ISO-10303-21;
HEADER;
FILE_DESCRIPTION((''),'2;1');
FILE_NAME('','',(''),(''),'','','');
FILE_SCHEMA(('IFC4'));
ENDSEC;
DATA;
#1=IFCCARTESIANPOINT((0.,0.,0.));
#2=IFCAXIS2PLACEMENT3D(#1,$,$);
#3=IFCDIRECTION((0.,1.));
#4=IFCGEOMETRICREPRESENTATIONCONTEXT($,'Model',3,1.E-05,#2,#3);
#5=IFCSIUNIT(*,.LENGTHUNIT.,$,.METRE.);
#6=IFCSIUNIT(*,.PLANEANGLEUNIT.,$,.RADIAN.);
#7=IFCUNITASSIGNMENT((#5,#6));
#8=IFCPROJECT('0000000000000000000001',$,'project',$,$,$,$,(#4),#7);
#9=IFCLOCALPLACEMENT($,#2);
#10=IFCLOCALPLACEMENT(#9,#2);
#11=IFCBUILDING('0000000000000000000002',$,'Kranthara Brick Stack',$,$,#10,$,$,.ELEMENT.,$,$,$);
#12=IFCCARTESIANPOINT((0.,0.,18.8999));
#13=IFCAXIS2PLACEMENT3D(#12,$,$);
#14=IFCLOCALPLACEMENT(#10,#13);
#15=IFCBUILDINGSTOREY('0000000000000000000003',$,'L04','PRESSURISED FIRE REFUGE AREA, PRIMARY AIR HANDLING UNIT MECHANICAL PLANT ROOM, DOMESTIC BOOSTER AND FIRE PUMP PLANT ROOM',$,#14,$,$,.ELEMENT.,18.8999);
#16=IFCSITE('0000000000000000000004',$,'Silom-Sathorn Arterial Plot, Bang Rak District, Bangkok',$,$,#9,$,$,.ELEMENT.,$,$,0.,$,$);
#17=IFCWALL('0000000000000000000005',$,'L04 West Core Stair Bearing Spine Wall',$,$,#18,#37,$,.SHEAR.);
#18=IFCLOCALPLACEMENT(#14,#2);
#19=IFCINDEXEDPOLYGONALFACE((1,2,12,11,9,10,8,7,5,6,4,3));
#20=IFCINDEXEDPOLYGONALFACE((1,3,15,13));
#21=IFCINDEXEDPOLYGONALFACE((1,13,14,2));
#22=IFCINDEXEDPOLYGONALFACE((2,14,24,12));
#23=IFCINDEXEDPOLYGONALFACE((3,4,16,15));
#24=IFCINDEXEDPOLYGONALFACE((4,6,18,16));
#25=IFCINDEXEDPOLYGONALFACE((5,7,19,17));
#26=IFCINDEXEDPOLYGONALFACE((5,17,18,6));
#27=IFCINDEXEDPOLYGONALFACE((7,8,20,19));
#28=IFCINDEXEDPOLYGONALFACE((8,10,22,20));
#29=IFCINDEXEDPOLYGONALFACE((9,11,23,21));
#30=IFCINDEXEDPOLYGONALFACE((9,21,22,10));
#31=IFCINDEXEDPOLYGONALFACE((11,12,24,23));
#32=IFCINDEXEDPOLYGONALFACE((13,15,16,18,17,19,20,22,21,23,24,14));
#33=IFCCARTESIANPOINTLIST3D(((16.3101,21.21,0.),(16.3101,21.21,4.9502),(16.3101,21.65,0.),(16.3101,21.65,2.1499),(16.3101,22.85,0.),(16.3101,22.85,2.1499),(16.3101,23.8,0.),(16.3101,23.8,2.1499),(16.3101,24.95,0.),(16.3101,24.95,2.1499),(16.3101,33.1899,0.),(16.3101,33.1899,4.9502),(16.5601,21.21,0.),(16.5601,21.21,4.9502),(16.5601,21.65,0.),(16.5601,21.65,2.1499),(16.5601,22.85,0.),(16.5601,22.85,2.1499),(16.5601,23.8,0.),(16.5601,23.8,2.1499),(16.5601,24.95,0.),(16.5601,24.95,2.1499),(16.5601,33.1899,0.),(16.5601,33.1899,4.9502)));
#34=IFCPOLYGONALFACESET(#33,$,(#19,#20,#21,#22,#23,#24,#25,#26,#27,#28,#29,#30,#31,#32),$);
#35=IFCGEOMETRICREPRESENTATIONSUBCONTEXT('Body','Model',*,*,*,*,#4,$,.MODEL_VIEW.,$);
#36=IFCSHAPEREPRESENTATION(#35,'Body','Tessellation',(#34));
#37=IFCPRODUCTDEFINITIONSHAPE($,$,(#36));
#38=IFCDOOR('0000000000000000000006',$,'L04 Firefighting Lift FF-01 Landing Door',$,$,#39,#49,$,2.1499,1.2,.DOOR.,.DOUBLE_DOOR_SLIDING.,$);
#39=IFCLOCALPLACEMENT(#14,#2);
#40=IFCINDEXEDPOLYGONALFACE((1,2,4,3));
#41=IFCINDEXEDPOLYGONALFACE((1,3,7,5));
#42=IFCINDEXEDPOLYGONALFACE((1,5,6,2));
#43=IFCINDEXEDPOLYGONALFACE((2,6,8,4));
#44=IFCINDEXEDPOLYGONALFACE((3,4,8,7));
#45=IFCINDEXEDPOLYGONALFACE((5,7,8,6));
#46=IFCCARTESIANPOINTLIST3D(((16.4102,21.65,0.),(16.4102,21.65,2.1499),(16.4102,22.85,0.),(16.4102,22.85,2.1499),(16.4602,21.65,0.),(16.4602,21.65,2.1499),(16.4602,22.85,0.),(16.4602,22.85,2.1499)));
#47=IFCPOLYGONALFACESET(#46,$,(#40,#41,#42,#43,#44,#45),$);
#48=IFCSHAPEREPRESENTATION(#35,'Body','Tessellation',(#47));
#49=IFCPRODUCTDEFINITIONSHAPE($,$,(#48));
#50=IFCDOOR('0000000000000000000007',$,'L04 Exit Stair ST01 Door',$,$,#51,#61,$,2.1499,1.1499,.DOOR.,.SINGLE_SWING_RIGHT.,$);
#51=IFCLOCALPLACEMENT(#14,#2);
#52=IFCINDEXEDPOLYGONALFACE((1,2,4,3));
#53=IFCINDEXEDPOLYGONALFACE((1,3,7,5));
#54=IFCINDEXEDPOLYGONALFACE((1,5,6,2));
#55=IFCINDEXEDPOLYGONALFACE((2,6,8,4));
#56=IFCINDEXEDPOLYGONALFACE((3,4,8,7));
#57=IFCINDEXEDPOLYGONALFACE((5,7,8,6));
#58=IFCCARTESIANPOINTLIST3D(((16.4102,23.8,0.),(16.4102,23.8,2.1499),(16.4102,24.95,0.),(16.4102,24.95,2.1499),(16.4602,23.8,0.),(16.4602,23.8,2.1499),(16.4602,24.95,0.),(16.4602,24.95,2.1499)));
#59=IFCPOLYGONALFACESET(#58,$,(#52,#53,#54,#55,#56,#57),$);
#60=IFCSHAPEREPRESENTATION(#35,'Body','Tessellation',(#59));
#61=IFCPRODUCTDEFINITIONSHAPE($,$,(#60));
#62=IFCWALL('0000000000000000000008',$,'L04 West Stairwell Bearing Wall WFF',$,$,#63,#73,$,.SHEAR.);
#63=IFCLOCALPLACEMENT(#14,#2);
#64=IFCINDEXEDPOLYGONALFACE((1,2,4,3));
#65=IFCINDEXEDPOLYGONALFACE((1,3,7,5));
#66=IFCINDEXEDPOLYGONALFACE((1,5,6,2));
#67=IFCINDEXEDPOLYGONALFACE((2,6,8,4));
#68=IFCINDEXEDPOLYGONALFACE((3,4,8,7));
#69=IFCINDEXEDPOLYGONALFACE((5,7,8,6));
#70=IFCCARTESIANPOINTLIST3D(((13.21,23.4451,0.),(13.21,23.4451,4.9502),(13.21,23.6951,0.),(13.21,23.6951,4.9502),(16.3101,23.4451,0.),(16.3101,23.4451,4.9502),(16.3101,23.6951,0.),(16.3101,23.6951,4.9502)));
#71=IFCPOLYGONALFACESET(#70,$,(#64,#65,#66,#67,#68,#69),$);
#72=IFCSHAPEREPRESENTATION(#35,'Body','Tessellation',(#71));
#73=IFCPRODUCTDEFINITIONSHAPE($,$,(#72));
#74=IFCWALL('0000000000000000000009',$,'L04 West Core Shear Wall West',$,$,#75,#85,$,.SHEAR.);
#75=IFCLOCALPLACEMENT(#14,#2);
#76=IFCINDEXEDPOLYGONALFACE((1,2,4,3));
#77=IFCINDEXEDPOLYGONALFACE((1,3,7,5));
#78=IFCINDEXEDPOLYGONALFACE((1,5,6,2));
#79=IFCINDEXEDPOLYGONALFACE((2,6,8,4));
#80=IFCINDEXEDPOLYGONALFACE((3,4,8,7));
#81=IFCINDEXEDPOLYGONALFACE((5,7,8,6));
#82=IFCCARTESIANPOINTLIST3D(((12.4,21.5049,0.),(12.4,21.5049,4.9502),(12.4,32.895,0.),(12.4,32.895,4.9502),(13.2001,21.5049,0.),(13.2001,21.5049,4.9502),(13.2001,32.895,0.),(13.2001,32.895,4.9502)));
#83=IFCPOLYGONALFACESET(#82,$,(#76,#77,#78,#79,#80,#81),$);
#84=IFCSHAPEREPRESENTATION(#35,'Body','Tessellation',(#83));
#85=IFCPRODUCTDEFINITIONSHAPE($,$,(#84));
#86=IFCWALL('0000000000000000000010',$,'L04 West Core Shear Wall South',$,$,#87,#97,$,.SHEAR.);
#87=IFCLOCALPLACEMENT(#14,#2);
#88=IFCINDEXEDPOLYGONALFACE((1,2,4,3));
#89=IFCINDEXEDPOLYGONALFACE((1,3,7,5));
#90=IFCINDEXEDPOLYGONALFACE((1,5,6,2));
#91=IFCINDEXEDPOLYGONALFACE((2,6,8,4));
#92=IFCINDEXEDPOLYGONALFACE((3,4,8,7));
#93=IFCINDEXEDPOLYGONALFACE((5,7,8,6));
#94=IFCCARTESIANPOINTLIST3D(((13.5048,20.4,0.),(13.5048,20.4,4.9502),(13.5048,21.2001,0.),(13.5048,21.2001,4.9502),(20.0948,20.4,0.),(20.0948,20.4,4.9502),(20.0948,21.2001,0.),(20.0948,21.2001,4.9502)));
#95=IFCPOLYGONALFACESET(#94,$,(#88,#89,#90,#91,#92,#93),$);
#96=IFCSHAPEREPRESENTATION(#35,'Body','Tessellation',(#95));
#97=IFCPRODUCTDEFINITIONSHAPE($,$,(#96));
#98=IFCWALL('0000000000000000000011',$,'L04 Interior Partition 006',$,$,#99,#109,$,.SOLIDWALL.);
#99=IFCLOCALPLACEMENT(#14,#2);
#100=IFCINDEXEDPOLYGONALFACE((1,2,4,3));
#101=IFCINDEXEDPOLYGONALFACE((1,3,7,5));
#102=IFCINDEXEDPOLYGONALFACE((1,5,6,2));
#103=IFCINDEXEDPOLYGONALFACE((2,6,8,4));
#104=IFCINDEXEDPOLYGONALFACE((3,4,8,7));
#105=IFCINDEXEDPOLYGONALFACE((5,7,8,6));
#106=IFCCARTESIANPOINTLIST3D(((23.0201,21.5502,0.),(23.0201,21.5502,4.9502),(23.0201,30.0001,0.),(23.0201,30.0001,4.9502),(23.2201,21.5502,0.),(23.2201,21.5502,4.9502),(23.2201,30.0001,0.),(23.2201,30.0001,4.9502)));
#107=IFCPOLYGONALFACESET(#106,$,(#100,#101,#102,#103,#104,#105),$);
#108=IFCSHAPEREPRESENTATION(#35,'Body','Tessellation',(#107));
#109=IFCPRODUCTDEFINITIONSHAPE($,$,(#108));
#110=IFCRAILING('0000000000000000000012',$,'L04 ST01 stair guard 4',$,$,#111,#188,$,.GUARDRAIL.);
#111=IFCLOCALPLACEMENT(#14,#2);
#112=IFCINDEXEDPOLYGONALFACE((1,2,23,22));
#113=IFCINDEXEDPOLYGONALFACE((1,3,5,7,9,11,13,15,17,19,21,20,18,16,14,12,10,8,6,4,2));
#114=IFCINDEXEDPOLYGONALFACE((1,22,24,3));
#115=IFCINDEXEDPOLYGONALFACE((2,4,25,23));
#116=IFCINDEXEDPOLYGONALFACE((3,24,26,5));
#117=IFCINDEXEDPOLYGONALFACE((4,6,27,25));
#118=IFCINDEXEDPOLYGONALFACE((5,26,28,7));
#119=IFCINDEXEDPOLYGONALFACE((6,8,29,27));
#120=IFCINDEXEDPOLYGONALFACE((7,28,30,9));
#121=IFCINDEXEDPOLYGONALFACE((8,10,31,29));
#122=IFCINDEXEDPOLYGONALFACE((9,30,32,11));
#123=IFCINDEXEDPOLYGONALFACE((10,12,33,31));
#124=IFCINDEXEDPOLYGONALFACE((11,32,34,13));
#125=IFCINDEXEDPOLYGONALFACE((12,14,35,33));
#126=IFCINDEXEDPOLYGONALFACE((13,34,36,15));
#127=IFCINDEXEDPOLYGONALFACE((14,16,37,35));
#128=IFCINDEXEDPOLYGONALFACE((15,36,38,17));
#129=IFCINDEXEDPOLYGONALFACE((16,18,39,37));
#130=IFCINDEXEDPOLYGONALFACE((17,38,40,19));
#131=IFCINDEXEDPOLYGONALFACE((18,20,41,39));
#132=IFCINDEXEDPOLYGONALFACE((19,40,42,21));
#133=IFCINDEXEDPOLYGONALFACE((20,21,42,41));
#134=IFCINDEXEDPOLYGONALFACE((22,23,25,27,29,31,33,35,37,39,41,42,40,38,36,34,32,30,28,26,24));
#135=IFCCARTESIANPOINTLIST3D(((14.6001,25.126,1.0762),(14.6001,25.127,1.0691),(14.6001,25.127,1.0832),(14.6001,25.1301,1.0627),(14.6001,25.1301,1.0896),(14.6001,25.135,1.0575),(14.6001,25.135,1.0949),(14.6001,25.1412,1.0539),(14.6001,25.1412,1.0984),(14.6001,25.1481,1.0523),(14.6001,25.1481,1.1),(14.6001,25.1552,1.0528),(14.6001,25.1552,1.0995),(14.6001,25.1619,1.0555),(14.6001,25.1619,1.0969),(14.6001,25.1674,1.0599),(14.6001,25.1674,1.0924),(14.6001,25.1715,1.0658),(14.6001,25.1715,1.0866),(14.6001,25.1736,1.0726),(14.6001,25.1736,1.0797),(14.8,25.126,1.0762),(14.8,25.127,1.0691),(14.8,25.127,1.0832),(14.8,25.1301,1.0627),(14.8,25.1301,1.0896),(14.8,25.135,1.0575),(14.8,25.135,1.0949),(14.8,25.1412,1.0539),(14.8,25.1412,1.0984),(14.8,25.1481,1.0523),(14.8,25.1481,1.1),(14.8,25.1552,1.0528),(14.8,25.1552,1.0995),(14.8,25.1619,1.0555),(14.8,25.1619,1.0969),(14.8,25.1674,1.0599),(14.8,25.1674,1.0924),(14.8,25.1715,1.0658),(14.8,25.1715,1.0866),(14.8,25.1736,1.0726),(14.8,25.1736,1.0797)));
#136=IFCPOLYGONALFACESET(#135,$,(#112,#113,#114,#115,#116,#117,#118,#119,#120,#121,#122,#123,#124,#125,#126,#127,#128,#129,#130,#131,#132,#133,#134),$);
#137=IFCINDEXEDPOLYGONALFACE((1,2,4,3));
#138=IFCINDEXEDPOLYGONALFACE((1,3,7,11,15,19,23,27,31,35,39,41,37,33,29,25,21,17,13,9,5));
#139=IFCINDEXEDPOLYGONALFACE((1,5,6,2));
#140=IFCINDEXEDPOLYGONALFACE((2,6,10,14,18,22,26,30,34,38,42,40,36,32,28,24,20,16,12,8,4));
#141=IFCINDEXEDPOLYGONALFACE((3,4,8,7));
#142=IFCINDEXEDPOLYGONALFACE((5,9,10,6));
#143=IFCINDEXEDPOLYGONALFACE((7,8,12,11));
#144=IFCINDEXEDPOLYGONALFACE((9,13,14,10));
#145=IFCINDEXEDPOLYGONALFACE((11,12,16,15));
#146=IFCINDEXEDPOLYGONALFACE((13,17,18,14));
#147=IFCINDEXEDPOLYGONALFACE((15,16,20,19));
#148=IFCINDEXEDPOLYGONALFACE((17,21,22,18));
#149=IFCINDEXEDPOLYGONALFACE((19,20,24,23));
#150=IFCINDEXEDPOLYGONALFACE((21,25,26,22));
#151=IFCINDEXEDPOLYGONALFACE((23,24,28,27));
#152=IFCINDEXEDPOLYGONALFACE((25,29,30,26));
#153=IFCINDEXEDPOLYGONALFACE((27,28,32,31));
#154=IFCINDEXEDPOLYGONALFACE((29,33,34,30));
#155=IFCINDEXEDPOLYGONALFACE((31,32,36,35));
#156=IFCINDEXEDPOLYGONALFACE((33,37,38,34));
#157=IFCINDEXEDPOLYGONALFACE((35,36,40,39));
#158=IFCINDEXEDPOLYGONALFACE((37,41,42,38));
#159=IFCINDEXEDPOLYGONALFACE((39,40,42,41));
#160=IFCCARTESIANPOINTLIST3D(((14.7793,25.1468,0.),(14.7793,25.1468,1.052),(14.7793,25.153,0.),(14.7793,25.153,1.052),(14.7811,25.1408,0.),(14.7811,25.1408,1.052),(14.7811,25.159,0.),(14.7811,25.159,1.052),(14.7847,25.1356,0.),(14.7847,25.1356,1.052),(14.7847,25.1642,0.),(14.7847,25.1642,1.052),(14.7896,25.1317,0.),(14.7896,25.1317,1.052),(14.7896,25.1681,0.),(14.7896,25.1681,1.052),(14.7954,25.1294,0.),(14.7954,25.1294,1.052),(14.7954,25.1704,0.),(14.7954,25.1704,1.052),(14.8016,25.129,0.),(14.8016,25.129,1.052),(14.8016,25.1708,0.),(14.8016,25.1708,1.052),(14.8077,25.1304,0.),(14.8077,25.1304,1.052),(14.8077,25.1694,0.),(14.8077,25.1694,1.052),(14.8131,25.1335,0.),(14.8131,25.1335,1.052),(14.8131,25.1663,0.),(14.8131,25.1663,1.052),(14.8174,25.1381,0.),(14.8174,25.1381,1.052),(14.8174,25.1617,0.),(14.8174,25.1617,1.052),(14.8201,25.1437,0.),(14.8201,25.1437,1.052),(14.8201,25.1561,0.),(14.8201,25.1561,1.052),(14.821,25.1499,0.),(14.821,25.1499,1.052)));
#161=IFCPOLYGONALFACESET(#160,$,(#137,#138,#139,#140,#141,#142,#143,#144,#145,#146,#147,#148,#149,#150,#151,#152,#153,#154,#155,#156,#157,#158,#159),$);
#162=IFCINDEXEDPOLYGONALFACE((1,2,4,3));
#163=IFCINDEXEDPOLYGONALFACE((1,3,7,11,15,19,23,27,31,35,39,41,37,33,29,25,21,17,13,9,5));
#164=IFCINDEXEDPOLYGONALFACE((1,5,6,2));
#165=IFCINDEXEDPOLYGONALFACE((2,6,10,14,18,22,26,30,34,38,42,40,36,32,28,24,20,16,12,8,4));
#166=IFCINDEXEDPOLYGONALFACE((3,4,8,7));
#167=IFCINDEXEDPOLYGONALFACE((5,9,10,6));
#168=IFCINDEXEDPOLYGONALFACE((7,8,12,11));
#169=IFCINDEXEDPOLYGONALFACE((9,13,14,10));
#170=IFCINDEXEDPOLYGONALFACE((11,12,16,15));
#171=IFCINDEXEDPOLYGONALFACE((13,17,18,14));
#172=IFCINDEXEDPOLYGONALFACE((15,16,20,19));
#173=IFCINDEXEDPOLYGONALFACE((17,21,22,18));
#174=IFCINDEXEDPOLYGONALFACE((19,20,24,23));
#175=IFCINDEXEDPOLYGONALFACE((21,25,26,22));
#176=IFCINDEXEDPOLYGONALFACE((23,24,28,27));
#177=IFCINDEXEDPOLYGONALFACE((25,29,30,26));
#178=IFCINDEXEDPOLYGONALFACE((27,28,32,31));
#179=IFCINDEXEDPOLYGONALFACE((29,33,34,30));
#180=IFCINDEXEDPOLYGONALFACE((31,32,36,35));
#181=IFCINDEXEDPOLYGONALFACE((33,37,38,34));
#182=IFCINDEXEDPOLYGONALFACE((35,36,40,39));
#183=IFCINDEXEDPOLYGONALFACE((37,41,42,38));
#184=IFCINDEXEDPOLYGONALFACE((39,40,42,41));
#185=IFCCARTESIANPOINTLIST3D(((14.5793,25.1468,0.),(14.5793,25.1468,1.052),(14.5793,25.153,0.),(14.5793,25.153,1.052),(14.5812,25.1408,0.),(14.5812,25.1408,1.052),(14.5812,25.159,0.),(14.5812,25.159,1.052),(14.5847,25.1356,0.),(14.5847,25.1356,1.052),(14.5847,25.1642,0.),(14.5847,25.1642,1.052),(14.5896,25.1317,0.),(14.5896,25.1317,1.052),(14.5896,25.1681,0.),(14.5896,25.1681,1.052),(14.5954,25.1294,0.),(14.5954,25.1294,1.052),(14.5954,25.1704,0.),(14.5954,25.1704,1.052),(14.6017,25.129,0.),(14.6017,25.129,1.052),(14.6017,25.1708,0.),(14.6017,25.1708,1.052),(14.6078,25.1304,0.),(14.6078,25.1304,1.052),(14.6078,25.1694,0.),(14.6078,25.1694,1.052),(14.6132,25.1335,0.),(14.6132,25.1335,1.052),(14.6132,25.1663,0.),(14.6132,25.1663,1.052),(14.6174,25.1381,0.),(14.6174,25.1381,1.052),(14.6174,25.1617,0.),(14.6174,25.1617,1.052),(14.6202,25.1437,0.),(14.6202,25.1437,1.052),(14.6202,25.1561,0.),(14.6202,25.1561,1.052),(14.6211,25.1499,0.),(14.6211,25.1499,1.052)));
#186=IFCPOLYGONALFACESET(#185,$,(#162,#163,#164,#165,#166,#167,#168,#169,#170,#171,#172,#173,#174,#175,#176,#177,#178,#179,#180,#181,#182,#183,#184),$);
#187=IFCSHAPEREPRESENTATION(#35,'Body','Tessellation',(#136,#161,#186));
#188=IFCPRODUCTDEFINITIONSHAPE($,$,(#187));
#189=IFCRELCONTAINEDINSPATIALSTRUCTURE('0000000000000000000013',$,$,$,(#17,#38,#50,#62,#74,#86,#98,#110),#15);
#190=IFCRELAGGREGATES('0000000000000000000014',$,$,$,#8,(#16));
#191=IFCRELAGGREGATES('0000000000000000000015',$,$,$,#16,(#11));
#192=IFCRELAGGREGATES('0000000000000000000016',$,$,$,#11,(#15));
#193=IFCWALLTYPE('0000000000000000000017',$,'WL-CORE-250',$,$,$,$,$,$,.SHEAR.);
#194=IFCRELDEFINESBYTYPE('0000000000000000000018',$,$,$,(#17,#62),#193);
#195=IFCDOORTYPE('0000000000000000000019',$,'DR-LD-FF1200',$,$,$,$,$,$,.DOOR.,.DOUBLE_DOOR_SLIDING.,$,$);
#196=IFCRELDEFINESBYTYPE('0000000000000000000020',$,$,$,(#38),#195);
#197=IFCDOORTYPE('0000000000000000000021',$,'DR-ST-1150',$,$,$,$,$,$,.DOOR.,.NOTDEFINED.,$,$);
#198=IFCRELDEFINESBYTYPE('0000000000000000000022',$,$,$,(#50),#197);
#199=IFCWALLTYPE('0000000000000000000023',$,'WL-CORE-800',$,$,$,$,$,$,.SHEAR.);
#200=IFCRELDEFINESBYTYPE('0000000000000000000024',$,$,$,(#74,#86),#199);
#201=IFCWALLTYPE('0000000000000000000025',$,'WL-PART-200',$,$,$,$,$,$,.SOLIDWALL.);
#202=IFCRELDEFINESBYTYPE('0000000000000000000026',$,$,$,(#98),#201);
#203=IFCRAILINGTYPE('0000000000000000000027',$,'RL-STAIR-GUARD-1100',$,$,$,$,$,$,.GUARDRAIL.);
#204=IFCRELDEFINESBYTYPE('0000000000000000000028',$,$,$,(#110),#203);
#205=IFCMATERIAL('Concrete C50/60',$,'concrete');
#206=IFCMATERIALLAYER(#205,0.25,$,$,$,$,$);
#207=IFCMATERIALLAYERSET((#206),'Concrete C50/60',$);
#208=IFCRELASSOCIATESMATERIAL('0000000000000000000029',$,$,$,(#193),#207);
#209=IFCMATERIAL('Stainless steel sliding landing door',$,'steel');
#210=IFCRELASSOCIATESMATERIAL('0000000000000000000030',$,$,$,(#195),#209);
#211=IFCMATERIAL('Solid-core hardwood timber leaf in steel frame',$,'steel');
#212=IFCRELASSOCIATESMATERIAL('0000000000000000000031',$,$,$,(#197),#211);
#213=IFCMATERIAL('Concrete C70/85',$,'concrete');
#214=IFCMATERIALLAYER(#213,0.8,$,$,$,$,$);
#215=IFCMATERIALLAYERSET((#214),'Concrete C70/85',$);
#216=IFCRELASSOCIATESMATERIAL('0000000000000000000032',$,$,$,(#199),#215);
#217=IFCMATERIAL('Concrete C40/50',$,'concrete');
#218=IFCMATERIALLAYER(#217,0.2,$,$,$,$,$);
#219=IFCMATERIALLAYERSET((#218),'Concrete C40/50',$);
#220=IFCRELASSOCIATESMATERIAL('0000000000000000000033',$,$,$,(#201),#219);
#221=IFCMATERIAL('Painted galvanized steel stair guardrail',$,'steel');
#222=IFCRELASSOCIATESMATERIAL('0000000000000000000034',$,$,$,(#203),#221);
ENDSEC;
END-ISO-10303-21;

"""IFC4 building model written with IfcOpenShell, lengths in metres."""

from ifc_helpers import new_model, si_unit, direction, frame, frame_2d, origin, origin_2d, place, context, subcontext, project, spatial, rectangle, circle, extrude, material, layer, layer_set, type_object, element, fill, save


model = new_model("IFC4")

# Units and contexts
model_context = context("Model", 3, precision=1e-05, world=origin(), true_north=direction((0.0, 1.0)))
body_context = subcontext(model_context, "Body", "Model", "MODEL_VIEW")
ifc_project = project(units=[si_unit("LENGTHUNIT", "METRE"), si_unit("PLANEANGLEUNIT", "RADIAN")], contexts=[model_context])

# Site, building, storey
site_placement = place(None, origin())
site = spatial("IfcSite", under=ifc_project, at=site_placement, Name="Silom-Sathorn Arterial Plot, Bang Rak District, Bangkok", CompositionType="ELEMENT", RefElevation=0.0)
building_placement = place(site_placement, origin())
building = spatial("IfcBuilding", under=site, at=building_placement, Name="Kranthara Brick Stack", CompositionType="ELEMENT")
storey_placement = place(building_placement, frame((0.0, 0.0, 18.8999)))
storey = spatial("IfcBuildingStorey", under=building, at=storey_placement, Name="L04", Description="PRESSURISED FIRE REFUGE AREA, PRIMARY AIR HANDLING UNIT MECHANICAL PLANT ROOM, DOMESTIC BOOSTER AND FIRE PUMP PLANT ROOM", CompositionType="ELEMENT", Elevation=18.8999)

# Wall, openings, doors
ifc_material_1 = material(Name="Concrete C50/60", Category="concrete")
ifc_layer_1 = layer(ifc_material_1, 0.25)
ifc_layer_set_1 = layer_set([ifc_layer_1], Name="Concrete C50/60")
wall_type_1 = type_object("IfcWallType", Name="WL-CORE-250", PredefinedType="SHEAR", material=ifc_layer_set_1)
wall_1_placement = place(storey_placement, frame((16.4351, 21.21, 0.0), z_axis=(0.0, 0.0, 1.0), x_axis=(0.0, 1.0, 0.0)))
wall_1 = element("IfcWall", 1, at=wall_1_placement, inside=storey, type_object=wall_type_1, Name="L04 West Core Stair Bearing Spine Wall", PredefinedType="SHEAR", context=body_context, shape_type="SweptSolid", body=[
    extrude(rectangle(XDim=11.98, YDim=0.25, at=frame_2d((5.99, 0.0))), origin(), (0.0, 0.0, 1.0), 4.9502),
])
opening_1_placement = place(wall_1_placement, frame((0.4399, 0.0, 0.0)))
opening_1 = element("IfcOpeningElement", 2, at=opening_1_placement, cuts=wall_1, PredefinedType="OPENING", context=body_context, shape_type="SweptSolid", body=[
    extrude(rectangle(XDim=1.2, YDim=2.1499, at=frame_2d((0.6001, 1.075))), frame((0.0, 0.135, 0.0), z_axis=(0.0, -1.0, 0.0), x_axis=(1.0, 0.0, 0.0)), (0.0, 0.0, 1.0), 0.27),
])
opening_2_placement = place(wall_1_placement, frame((2.5901, 0.0, 0.0)))
opening_2 = element("IfcOpeningElement", 3, at=opening_2_placement, cuts=wall_1, PredefinedType="OPENING", context=body_context, shape_type="SweptSolid", body=[
    extrude(rectangle(XDim=1.1499, YDim=2.1499, at=frame_2d((0.575, 1.075))), frame((0.0, 0.135, 0.0), z_axis=(0.0, -1.0, 0.0), x_axis=(1.0, 0.0, 0.0)), (0.0, 0.0, 1.0), 0.27),
])
ifc_material_2 = material(Name="Stainless steel sliding landing door", Category="steel")
door_type_1 = type_object("IfcDoorType", Name="DR-LD-FF1200", OperationType="DOUBLE_DOOR_SLIDING", PredefinedType="DOOR", material=ifc_material_2)
door_1_placement = place(opening_1_placement, origin())
door_1 = element("IfcDoor", 4, at=door_1_placement, inside=storey, type_object=door_type_1, Name="L04 Firefighting Lift FF-01 Landing Door", OperationType="DOUBLE_DOOR_SLIDING", OverallHeight=2.1499, OverallWidth=1.2, PredefinedType="DOOR", context=body_context, shape_type="SweptSolid", body=[
    extrude(rectangle(XDim=1.2, YDim=2.1499, at=frame_2d((0.6001, 1.075))), frame((0.0, 0.0249, 0.0), z_axis=(0.0, -1.0, 0.0), x_axis=(1.0, 0.0, 0.0)), (0.0, 0.0, 1.0), 0.05),
])
fill(opening_1, door_1)
ifc_material_3 = material(Name="Solid-core hardwood timber leaf in steel frame", Category="steel")
door_type_2 = type_object("IfcDoorType", Name="DR-ST-1150", OperationType="NOTDEFINED", PredefinedType="DOOR", material=ifc_material_3)
door_2_placement = place(opening_2_placement, origin())
door_2 = element("IfcDoor", 5, at=door_2_placement, inside=storey, type_object=door_type_2, Name="L04 Exit Stair ST01 Door", OperationType="SINGLE_SWING_RIGHT", OverallHeight=2.1499, OverallWidth=1.1499, PredefinedType="DOOR", context=body_context, shape_type="SweptSolid", body=[
    extrude(rectangle(XDim=1.1499, YDim=2.1499, at=frame_2d((0.575, 1.075))), frame((0.0, 0.0249, 0.0), z_axis=(0.0, -1.0, 0.0), x_axis=(1.0, 0.0, 0.0)), (0.0, 0.0, 1.0), 0.05),
])
fill(opening_2, door_2)

# Walls
wall_2_placement = place(storey_placement, frame((13.21, 23.5701, 0.0), z_axis=(0.0, 0.0, 1.0), x_axis=(1.0, 0.0, 0.0)))
element("IfcWall", 6, at=wall_2_placement, inside=storey, type_object=wall_type_1, Name="L04 West Stairwell Bearing Wall WFF", PredefinedType="SHEAR", context=body_context, shape_type="SweptSolid", body=[
    extrude(rectangle(XDim=3.1001, YDim=0.25, at=frame_2d((1.55, 0.0))), origin(), (0.0, 0.0, 1.0), 4.9502),
])
ifc_material_4 = material(Name="Concrete C70/85", Category="concrete")
ifc_layer_2 = layer(ifc_material_4, 0.8)
ifc_layer_set_2 = layer_set([ifc_layer_2], Name="Concrete C70/85")
wall_type_2 = type_object("IfcWallType", Name="WL-CORE-800", PredefinedType="SHEAR", material=ifc_layer_set_2)
wall_3_placement = place(storey_placement, frame((12.8, 21.5049, 0.0), z_axis=(0.0, 0.0, 1.0), x_axis=(0.0, 1.0, 0.0)))
element("IfcWall", 7, at=wall_3_placement, inside=storey, type_object=wall_type_2, Name="L04 West Core Shear Wall West", PredefinedType="SHEAR", context=body_context, shape_type="SweptSolid", body=[
    extrude(rectangle(XDim=11.3901, YDim=0.8, at=frame_2d((5.6951, 0.0))), origin(), (0.0, 0.0, 1.0), 4.9502),
])
wall_4_placement = place(storey_placement, frame((13.5049, 20.8, 0.0), z_axis=(0.0, 0.0, 1.0), x_axis=(1.0, 0.0, 0.0)))
element("IfcWall", 8, at=wall_4_placement, inside=storey, type_object=wall_type_2, Name="L04 West Core Shear Wall South", PredefinedType="SHEAR", context=body_context, shape_type="SweptSolid", body=[
    extrude(rectangle(XDim=6.5901, YDim=0.8, at=frame_2d((3.2949, 0.0))), origin(), (0.0, 0.0, 1.0), 4.9502),
])

# Wall
ifc_material_5 = material(Name="Concrete C40/50", Category="concrete")
ifc_layer_3 = layer(ifc_material_5, 0.2)
ifc_layer_set_3 = layer_set([ifc_layer_3], Name="Concrete C40/50")
wall_type_3 = type_object("IfcWallType", Name="WL-PART-200", PredefinedType="SOLIDWALL", material=ifc_layer_set_3)
wall_5_placement = place(storey_placement, frame((23.1201, 21.55, 0.0), z_axis=(0.0, 0.0, 1.0), x_axis=(0.0, 1.0, 0.0)))
element("IfcWall", 9, at=wall_5_placement, inside=storey, type_object=wall_type_3, Name="L04 Interior Partition 006", PredefinedType="SOLIDWALL", context=body_context, shape_type="SweptSolid", body=[
    extrude(rectangle(XDim=8.45, YDim=0.2, at=frame_2d((4.2251, 0.0))), origin(), (0.0, 0.0, 1.0), 4.9502),
])

# Railing
ifc_material_6 = material(Name="Painted galvanized steel stair guardrail", Category="steel")
railing_type = type_object("IfcRailingType", Name="RL-STAIR-GUARD-1100", PredefinedType="GUARDRAIL", material=ifc_material_6)
railing_placement = place(storey_placement, frame((14.8, 25.1499, 0.0)))
element("IfcRailing", 10, at=railing_placement, inside=storey, type_object=railing_type, Name="L04 ST01 stair guard 4", PredefinedType="GUARDRAIL", context=body_context, shape_type="SweptSolid", body=[
    extrude(circle(Radius=0.0239, at=origin_2d()), frame((0.0, 0.0, 1.0762), z_axis=(-1.0, 0.0, 0.0), x_axis=(0.0, -1.0, 0.0)), (0.0, 0.0, 1.0), 0.2),
    extrude(circle(Radius=0.021, at=origin_2d()), origin(), (0.0, 0.0, 1.0), 1.052),
    extrude(circle(Radius=0.021, at=origin_2d()), frame((-0.2, 0.0, 0.0)), (0.0, 0.0, 1.0), 1.052),
])

save(model, "model.ifc")
